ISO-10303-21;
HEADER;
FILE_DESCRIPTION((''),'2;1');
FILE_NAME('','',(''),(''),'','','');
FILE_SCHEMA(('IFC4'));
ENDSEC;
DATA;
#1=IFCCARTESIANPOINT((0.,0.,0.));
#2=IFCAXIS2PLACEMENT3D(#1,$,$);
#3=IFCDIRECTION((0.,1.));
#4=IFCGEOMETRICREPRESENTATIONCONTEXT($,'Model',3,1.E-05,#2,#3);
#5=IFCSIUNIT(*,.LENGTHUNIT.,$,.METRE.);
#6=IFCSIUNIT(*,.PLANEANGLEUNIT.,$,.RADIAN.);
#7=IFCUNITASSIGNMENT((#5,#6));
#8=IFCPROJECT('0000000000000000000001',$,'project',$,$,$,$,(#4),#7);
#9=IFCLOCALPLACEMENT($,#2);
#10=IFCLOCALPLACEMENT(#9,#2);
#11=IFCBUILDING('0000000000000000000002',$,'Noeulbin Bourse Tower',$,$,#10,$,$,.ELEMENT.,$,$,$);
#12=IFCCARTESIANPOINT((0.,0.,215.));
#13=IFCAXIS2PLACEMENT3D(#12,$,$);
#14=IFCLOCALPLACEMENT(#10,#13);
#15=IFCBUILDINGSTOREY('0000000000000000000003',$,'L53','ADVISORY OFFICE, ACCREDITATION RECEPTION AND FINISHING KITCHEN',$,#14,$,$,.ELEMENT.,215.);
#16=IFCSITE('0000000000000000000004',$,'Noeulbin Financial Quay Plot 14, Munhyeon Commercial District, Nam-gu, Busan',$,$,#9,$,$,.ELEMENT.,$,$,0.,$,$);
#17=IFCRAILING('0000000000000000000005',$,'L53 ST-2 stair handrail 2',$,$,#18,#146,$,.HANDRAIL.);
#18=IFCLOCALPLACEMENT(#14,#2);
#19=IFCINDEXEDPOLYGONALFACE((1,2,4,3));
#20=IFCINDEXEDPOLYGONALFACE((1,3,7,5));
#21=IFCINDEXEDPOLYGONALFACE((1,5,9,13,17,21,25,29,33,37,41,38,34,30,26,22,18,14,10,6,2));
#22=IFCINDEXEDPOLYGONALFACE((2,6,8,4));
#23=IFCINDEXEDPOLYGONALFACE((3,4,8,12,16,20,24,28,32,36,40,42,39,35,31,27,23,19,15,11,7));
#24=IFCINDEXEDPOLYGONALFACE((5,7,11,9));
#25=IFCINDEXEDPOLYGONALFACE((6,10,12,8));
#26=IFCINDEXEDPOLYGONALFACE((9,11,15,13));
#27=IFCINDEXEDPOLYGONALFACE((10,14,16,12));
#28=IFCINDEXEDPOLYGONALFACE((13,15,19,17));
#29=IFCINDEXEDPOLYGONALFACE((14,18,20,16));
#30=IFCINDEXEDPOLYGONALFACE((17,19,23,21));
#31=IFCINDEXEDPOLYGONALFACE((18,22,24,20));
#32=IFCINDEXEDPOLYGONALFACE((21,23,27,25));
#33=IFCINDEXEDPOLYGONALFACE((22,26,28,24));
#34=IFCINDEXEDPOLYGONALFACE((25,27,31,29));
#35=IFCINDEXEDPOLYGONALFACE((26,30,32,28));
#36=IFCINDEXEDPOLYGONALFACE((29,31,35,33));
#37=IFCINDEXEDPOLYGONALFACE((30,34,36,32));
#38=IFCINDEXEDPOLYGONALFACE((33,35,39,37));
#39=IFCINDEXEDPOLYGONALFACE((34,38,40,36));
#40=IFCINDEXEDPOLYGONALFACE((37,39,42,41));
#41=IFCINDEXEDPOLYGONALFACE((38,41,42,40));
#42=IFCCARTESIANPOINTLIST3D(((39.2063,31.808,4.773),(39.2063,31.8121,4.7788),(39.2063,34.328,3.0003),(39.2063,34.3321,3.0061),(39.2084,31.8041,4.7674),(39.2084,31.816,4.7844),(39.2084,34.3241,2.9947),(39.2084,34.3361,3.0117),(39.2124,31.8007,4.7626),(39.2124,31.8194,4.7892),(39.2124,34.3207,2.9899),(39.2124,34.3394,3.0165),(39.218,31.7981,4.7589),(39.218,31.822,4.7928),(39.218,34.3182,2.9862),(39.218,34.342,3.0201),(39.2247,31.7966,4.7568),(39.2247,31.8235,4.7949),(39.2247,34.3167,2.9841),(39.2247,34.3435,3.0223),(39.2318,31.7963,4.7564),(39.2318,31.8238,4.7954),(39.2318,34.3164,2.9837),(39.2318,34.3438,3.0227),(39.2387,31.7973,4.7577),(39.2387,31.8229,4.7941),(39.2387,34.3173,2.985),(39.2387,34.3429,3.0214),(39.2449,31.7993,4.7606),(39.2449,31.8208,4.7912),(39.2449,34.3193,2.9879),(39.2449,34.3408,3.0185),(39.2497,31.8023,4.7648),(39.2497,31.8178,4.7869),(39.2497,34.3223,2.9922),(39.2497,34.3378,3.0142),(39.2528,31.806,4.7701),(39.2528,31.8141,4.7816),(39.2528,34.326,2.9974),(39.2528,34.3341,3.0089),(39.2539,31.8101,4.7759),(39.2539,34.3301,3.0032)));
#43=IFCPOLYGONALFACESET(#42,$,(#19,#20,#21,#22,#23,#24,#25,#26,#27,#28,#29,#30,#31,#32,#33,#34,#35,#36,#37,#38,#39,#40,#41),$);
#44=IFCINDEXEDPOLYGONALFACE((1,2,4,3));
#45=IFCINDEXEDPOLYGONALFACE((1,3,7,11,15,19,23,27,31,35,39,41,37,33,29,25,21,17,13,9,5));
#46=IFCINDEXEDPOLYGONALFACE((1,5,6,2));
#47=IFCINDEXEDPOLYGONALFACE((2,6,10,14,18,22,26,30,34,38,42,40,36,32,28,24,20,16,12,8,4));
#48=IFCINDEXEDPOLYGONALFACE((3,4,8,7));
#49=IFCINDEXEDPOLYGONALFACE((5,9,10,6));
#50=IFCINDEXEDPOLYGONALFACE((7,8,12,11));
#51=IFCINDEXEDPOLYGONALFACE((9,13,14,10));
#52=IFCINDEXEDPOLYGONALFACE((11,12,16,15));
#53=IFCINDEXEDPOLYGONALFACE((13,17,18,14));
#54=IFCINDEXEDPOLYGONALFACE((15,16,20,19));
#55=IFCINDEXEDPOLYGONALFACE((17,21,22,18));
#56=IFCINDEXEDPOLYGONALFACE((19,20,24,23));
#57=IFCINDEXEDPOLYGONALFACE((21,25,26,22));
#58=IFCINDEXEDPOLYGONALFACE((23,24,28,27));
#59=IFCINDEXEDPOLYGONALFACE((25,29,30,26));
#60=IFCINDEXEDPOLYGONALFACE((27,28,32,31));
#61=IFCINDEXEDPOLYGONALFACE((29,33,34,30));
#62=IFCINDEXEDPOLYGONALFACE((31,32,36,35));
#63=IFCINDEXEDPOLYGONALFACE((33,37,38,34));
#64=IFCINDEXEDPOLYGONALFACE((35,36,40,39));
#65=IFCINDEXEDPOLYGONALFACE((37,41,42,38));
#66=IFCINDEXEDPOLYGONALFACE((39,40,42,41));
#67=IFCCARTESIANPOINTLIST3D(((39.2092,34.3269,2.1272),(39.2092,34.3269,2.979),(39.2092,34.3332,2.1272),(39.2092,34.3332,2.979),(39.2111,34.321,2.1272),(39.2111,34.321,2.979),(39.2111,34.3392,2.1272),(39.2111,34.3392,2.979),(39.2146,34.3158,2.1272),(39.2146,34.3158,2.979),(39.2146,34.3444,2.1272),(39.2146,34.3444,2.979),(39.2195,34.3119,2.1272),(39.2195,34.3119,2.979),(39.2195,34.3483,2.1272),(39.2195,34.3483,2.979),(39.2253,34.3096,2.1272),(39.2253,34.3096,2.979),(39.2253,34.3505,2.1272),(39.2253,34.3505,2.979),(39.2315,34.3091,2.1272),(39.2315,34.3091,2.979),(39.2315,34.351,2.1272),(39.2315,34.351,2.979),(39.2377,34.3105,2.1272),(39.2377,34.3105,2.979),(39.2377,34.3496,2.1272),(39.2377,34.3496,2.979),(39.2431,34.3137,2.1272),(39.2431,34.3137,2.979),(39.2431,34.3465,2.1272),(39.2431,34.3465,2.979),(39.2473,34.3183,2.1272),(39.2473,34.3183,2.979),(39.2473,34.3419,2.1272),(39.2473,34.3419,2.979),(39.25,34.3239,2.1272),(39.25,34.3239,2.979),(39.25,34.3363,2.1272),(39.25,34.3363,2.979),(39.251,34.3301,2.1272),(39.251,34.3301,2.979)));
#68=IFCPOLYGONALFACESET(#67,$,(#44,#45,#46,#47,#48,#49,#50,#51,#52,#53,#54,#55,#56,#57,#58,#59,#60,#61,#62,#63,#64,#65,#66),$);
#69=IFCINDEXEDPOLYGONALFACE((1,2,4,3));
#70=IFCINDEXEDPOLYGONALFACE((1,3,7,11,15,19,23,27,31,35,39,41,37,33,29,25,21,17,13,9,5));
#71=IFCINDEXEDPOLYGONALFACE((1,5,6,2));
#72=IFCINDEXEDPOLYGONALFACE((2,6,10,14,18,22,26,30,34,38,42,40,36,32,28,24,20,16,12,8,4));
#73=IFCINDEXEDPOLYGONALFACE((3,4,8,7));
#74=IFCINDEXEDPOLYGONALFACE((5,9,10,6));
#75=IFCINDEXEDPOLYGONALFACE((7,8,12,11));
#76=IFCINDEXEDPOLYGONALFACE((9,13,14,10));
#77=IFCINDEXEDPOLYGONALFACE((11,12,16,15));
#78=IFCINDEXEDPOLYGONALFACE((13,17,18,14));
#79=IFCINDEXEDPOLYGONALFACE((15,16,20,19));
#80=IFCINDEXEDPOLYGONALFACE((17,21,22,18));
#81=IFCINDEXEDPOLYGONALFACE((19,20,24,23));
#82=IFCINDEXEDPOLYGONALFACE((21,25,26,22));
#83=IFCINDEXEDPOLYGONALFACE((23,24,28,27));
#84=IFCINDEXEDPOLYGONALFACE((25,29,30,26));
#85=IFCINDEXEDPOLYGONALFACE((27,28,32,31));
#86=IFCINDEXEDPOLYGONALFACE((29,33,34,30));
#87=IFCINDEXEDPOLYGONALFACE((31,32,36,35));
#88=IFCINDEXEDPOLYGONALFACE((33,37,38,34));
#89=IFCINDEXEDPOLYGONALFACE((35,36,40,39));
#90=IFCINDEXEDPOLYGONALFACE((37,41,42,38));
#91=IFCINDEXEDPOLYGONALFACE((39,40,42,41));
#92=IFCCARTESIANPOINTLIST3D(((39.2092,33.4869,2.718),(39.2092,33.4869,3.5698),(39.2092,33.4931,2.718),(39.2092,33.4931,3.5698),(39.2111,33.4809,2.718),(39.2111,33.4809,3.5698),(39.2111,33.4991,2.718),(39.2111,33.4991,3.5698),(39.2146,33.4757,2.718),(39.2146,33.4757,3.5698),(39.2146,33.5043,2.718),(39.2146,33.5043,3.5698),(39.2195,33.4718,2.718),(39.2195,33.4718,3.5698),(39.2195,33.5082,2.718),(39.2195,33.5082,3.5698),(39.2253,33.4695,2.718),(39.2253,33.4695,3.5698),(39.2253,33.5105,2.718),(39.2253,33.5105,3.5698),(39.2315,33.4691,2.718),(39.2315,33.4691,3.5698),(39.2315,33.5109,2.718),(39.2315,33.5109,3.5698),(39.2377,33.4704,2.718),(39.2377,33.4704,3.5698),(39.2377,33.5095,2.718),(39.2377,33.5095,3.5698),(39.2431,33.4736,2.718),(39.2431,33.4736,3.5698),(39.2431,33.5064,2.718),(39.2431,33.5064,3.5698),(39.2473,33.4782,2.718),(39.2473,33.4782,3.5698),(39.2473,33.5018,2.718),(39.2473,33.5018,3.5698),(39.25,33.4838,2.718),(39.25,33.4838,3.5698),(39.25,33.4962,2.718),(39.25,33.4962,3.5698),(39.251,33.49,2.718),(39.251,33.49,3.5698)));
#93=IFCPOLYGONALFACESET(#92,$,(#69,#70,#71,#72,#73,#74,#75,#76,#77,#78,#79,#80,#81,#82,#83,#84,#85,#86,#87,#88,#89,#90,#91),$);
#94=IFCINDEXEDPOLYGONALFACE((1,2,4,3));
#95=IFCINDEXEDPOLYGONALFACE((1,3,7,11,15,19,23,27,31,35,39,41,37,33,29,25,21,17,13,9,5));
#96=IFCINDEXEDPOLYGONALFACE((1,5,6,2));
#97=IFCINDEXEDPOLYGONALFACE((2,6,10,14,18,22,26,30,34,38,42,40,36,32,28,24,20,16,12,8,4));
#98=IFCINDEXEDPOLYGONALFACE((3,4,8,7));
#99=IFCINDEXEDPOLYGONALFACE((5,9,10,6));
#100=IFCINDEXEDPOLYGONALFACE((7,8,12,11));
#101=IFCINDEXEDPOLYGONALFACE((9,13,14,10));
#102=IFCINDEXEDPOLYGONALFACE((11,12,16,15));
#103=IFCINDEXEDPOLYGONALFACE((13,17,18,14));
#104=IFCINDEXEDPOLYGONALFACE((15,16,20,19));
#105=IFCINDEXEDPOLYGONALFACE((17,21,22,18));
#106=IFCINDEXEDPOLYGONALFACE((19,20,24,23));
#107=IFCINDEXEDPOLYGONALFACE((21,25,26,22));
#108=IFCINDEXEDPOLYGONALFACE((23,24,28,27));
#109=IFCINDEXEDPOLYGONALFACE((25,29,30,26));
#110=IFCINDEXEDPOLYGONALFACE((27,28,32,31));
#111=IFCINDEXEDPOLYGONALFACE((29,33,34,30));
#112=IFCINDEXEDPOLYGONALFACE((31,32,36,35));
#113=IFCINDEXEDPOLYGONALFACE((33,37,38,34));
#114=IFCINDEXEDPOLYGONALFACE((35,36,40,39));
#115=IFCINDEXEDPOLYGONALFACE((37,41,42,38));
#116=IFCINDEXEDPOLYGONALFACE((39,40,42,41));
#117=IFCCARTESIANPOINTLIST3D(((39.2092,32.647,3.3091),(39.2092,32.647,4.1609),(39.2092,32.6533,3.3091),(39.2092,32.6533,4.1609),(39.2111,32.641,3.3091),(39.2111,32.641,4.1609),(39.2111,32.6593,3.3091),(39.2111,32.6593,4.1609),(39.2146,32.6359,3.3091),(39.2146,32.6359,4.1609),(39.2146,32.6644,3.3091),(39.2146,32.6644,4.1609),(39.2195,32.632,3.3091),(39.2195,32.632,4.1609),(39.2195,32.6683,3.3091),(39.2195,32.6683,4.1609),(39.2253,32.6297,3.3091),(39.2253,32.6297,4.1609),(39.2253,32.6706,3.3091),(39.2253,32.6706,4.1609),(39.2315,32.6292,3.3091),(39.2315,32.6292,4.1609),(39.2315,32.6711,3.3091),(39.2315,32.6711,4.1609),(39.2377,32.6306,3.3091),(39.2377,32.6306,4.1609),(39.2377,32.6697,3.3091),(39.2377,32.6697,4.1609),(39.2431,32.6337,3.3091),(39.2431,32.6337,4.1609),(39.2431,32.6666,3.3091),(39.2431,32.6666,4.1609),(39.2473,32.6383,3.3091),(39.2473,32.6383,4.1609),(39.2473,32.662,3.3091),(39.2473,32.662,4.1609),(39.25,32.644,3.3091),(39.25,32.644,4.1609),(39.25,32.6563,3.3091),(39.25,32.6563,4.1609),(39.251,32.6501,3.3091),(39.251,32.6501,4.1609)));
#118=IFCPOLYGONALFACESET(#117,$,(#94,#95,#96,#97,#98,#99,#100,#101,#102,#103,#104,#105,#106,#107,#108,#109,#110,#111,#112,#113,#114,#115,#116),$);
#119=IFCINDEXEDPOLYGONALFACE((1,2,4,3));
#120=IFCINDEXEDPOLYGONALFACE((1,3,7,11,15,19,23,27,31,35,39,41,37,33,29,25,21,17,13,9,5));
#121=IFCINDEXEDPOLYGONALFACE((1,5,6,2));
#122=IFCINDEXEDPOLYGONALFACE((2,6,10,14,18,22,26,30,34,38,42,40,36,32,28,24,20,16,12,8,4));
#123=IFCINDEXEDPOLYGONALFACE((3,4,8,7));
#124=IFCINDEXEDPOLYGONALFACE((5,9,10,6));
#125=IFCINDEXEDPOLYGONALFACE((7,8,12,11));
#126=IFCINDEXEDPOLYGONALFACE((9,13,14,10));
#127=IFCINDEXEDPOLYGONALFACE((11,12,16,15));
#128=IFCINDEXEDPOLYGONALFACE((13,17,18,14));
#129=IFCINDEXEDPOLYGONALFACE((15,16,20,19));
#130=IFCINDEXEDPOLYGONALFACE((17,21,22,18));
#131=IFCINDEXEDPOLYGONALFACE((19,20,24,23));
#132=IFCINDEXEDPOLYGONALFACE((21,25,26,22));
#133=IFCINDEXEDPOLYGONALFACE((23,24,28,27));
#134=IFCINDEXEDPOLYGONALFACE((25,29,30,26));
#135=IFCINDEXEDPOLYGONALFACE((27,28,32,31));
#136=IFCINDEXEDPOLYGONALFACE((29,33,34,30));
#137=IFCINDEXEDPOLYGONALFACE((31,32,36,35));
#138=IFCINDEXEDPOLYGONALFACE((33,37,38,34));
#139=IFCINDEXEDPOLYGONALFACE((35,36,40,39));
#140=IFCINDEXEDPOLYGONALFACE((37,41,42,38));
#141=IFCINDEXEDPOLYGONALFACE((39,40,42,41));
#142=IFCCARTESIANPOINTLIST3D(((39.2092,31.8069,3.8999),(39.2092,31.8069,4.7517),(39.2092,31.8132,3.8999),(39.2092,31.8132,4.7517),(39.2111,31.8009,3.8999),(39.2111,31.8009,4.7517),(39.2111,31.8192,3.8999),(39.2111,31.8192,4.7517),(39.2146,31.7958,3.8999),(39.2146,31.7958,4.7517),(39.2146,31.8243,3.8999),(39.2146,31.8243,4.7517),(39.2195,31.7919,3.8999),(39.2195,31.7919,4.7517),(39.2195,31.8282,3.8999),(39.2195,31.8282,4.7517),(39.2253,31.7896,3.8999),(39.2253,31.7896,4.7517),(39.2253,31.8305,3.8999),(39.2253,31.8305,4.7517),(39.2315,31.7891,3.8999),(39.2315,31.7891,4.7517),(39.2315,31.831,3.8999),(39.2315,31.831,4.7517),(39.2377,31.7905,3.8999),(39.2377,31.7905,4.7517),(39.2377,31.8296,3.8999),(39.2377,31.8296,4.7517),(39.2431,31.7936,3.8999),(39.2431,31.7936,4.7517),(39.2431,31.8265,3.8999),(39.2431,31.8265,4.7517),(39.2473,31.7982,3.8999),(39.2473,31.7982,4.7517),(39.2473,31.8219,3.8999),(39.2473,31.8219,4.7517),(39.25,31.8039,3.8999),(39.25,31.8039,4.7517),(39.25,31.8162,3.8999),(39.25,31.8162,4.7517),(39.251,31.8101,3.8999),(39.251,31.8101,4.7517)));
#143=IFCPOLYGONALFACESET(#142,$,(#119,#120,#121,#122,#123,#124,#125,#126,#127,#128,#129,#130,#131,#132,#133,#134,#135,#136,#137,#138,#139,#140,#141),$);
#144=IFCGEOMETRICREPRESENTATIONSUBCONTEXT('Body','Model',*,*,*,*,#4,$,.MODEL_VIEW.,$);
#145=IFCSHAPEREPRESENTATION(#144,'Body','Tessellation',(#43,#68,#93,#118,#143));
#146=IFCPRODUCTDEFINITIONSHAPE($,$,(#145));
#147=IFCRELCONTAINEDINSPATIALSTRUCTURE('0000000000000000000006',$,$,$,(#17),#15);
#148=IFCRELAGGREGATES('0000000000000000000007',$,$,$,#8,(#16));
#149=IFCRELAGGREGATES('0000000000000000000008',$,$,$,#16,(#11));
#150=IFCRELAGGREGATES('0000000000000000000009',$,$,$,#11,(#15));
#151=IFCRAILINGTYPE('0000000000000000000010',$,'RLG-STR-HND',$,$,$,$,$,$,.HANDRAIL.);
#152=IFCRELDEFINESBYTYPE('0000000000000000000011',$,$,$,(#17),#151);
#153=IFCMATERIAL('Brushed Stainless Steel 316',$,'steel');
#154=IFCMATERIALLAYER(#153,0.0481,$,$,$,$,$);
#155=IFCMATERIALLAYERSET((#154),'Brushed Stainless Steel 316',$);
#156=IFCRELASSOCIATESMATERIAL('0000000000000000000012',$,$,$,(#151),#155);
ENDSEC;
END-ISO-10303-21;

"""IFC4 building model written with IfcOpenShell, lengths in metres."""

from ifc_helpers import new_model, si_unit, direction, frame, origin, origin_2d, place, context, subcontext, project, spatial, circle, extrude, material, layer, layer_set, type_object, element, save


model = new_model("IFC4")

# Units and contexts
model_context = context("Model", 3, precision=1e-05, world=origin(), true_north=direction((0.0, 1.0)))
body_context = subcontext(model_context, "Body", "Model", "MODEL_VIEW")
ifc_project = project(units=[si_unit("LENGTHUNIT", "METRE"), si_unit("PLANEANGLEUNIT", "RADIAN")], contexts=[model_context])

# Site, building, storey
site_placement = place(None, origin())
site = spatial("IfcSite", under=ifc_project, at=site_placement, Name="Noeulbin Financial Quay Plot 14, Munhyeon Commercial District, Nam-gu, Busan", CompositionType="ELEMENT", RefElevation=0.0)
building_placement = place(site_placement, origin())
building = spatial("IfcBuilding", under=site, at=building_placement, Name="Noeulbin Bourse Tower", CompositionType="ELEMENT")
storey_placement = place(building_placement, frame((0.0, 0.0, 215.0)))
storey = spatial("IfcBuildingStorey", under=building, at=storey_placement, Name="L53", Description="ADVISORY OFFICE, ACCREDITATION RECEPTION AND FINISHING KITCHEN", CompositionType="ELEMENT", Elevation=215.0)

# Shared definitions
ifc_material_1 = material(Name="Brushed Stainless Steel 316", Category="steel")

# Railing
ifc_layer_1 = layer(ifc_material_1, 0.0481)
ifc_layer_set_1 = layer_set([ifc_layer_1], Name="Brushed Stainless Steel 316")
railing_type_1 = type_object("IfcRailingType", Name="RLG-STR-HND", PredefinedType="HANDRAIL", material=ifc_layer_set_1)
railing_1_placement = place(storey_placement, frame((39.23, 34.3301, 2.1272)))
element("IfcRailing", 1, at=railing_1_placement, inside=storey, type_object=railing_type_1, Name="L53 ST-2 stair handrail 2", PredefinedType="HANDRAIL", context=body_context, shape_type="SweptSolid", body=[
    extrude(circle(Radius=0.0239, at=origin_2d()), frame((0.0, 0.0, 0.876), z_axis=(0.0, -0.817904, 0.575354), x_axis=(1.0, 0.0, 0.0)), (0.0, 0.0, 1.0), 3.0811),
    extrude(circle(Radius=0.021, at=origin_2d()), origin(), (0.0, 0.0, 1.0), 0.8518),
    extrude(circle(Radius=0.021, at=origin_2d()), frame((0.0, -0.8401, 0.5908)), (0.0, 0.0, 1.0), 0.8518),
    extrude(circle(Radius=0.021, at=origin_2d()), frame((0.0, -1.6799, 1.1819)), (0.0, 0.0, 1.0), 0.8518),
    extrude(circle(Radius=0.021, at=origin_2d()), frame((0.0, -2.52, 1.7727)), (0.0, 0.0, 1.0), 0.8518),
])

save(model, "model.ifc")
